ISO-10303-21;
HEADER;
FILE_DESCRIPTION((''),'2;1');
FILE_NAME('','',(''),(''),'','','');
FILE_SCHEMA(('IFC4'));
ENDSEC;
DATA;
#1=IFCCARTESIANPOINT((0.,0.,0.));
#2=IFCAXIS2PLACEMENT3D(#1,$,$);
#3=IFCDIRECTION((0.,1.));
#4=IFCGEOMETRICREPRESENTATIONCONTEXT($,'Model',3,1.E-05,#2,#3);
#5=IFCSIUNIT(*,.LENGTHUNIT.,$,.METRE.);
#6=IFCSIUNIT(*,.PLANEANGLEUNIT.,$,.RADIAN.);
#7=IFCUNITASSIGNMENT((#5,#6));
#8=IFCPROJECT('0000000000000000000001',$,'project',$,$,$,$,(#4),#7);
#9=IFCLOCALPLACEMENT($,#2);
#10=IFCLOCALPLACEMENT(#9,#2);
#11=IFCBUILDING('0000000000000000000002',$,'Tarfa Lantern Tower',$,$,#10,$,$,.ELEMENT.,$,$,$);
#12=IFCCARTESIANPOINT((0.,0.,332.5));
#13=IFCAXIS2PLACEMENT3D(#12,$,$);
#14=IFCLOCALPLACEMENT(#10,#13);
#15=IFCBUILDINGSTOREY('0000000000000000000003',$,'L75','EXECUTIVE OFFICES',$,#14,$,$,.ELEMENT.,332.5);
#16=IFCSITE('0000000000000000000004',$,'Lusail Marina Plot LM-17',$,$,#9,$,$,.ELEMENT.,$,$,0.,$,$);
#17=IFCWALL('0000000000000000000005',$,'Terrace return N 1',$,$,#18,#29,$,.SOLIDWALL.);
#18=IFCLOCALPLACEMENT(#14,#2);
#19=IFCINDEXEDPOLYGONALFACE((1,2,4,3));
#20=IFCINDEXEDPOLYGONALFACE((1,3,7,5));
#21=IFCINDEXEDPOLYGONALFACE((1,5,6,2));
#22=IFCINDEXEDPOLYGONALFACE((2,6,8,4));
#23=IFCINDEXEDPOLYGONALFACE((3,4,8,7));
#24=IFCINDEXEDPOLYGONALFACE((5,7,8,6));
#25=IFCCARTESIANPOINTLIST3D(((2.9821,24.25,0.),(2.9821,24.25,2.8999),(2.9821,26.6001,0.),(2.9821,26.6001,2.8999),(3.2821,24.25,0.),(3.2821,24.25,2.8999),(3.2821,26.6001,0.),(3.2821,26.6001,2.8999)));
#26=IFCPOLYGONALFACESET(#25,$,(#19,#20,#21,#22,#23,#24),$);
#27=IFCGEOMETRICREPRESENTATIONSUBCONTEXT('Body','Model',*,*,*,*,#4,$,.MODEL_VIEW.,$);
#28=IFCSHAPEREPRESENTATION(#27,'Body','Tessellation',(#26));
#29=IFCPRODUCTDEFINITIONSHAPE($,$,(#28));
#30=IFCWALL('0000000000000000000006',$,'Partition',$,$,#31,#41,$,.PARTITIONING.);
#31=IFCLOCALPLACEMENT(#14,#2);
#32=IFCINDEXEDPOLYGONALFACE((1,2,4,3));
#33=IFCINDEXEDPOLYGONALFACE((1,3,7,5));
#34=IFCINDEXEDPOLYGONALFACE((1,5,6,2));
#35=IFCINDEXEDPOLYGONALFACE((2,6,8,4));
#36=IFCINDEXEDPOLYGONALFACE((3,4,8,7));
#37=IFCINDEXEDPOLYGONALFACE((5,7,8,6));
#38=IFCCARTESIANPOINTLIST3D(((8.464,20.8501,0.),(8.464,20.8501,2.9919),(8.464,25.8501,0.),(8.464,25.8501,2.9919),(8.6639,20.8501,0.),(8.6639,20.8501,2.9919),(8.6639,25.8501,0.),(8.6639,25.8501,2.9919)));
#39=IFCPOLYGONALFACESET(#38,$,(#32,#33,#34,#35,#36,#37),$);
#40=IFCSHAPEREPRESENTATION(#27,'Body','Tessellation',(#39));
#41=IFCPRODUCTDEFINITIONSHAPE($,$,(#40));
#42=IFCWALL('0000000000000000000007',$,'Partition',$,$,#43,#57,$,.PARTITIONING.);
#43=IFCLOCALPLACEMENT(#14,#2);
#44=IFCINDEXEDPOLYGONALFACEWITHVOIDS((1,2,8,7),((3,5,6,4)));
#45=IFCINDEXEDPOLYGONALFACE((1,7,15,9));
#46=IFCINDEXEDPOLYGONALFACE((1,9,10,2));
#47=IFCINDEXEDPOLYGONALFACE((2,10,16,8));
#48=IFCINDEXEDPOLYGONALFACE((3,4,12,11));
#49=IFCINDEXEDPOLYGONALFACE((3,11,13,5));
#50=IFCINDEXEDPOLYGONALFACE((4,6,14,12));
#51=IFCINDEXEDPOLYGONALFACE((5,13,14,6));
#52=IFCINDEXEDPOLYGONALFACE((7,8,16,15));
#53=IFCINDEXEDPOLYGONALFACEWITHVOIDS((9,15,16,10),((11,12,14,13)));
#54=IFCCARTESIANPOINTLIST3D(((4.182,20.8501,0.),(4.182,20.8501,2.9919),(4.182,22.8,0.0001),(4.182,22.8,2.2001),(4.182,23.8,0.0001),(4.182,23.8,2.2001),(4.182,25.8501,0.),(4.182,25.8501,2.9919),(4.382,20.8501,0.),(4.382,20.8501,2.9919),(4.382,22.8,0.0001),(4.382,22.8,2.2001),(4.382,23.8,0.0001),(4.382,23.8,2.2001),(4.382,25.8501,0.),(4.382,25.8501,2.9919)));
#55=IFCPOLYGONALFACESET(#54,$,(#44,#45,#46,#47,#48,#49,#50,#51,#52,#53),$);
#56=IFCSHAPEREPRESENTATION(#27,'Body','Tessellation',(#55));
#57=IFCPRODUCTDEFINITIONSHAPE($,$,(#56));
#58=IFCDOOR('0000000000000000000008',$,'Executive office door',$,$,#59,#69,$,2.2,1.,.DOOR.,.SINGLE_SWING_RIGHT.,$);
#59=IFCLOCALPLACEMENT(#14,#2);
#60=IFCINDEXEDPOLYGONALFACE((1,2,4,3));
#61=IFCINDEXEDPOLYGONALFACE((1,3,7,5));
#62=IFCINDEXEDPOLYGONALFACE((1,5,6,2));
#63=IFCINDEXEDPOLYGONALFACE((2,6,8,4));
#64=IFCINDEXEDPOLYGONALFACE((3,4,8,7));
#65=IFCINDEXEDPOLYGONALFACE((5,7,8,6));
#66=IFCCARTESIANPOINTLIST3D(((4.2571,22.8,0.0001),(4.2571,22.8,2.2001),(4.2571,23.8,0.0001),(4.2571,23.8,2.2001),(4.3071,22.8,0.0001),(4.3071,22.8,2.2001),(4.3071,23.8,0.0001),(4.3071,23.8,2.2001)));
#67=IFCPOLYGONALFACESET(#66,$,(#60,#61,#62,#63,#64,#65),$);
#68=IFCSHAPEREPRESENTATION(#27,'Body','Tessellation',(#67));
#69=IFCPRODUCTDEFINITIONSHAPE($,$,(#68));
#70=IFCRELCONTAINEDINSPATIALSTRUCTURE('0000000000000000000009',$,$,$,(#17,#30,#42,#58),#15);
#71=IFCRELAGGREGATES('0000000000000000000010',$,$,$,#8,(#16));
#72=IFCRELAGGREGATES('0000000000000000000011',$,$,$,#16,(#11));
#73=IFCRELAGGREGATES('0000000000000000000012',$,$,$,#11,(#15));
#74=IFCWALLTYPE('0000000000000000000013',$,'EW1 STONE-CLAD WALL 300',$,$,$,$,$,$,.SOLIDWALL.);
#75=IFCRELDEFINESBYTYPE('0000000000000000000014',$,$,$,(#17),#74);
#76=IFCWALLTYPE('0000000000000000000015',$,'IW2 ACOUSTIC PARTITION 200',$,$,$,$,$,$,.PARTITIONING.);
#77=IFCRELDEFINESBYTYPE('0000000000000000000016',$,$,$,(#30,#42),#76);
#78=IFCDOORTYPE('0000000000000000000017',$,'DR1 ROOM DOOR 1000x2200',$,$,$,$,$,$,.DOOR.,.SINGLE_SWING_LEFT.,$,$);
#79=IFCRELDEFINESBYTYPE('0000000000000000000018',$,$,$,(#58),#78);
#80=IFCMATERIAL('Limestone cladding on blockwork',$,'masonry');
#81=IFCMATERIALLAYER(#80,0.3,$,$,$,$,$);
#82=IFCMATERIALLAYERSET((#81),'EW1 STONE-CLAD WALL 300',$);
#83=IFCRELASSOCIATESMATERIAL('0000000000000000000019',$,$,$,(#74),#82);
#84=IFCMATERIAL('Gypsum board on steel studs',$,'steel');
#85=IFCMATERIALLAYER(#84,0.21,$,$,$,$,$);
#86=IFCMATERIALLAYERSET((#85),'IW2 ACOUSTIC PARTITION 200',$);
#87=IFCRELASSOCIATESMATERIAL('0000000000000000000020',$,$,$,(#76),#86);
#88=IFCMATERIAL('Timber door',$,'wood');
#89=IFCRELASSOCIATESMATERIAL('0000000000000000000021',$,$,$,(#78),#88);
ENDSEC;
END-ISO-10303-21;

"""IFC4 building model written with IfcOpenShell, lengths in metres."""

from ifc_helpers import new_model, si_unit, direction, frame, frame_2d, origin, place, context, subcontext, project, spatial, rectangle, extrude, material, layer, layer_set, type_object, element, fill, save


model = new_model("IFC4")

# Units and contexts
model_context = context("Model", 3, precision=1e-05, world=origin(), true_north=direction((0.0, 1.0)))
body_context = subcontext(model_context, "Body", "Model", "MODEL_VIEW")
ifc_project = project(units=[si_unit("LENGTHUNIT", "METRE"), si_unit("PLANEANGLEUNIT", "RADIAN")], contexts=[model_context])

# Site, building, storey
site_placement = place(None, origin())
site = spatial("IfcSite", under=ifc_project, at=site_placement, Name="Lusail Marina Plot LM-17", CompositionType="ELEMENT", RefElevation=0.0)
building_placement = place(site_placement, origin())
building = spatial("IfcBuilding", under=site, at=building_placement, Name="Tarfa Lantern Tower", CompositionType="ELEMENT")
storey_placement = place(building_placement, frame((0.0, 0.0, 332.5)))
storey = spatial("IfcBuildingStorey", under=building, at=storey_placement, Name="L75", Description="EXECUTIVE OFFICES", CompositionType="ELEMENT", Elevation=332.5)

# Shared definitions
ifc_material_1 = material(Name="Limestone cladding on blockwork", Category="masonry")
ifc_layer_1 = layer(ifc_material_1, 0.3)
ifc_layer_set_1 = layer_set([ifc_layer_1], Name="EW1 STONE-CLAD WALL 300")
wall_type_1 = type_object("IfcWallType", Name="EW1 STONE-CLAD WALL 300", PredefinedType="SOLIDWALL", material=ifc_layer_set_1)

# Wall
wall_1_placement = place(storey_placement, frame((3.1321, 26.6001, 0.0), z_axis=(0.0, 0.0, 1.0), x_axis=(0.0, -1.0, 0.0)))
element("IfcWall", 1, at=wall_1_placement, inside=storey, type_object=wall_type_1, Name="Terrace return N 1", PredefinedType="SOLIDWALL", context=body_context, shape_type="SweptSolid", body=[
    extrude(rectangle(XDim=2.3501, YDim=0.3, at=frame_2d((1.175, 0.0))), origin(), (0.0, 0.0, 1.0), 2.8999),
])

# Wall
ifc_material_2 = material(Name="Gypsum board on steel studs", Category="steel")
ifc_layer_2 = layer(ifc_material_2, 0.21)
ifc_layer_set_2 = layer_set([ifc_layer_2], Name="IW2 ACOUSTIC PARTITION 200")
wall_type_2 = type_object("IfcWallType", Name="IW2 ACOUSTIC PARTITION 200", PredefinedType="PARTITIONING", material=ifc_layer_set_2)
wall_2_placement = place(storey_placement, frame((8.564, 20.8501, 0.0), z_axis=(0.0, 0.0, 1.0), x_axis=(0.0, 1.0, 0.0)))
element("IfcWall", 2, at=wall_2_placement, inside=storey, type_object=wall_type_2, Name="Partition", PredefinedType="PARTITIONING", context=body_context, shape_type="SweptSolid", body=[
    extrude(rectangle(XDim=5.0, YDim=0.2, at=frame_2d((2.5, 0.0))), origin(), (0.0, 0.0, 1.0), 2.9919),
])

# Wall, opening, door
wall_3_placement = place(storey_placement, frame((4.282, 20.8501, 0.0), z_axis=(0.0, 0.0, 1.0), x_axis=(0.0, 1.0, 0.0)))
wall_3 = element("IfcWall", 3, at=wall_3_placement, inside=storey, type_object=wall_type_2, Name="Partition", PredefinedType="PARTITIONING", context=body_context, shape_type="SweptSolid", body=[
    extrude(rectangle(XDim=5.0, YDim=0.2, at=frame_2d((2.5, 0.0))), origin(), (0.0, 0.0, 1.0), 2.9919),
])
opening_1_placement = place(wall_3_placement, frame((1.95, 0.0, 0.0)))
opening_1 = element("IfcOpeningElement", 4, at=opening_1_placement, cuts=wall_3, PredefinedType="OPENING", context=body_context, shape_type="SweptSolid", body=[
    extrude(rectangle(XDim=1.0, YDim=2.2, at=frame_2d((0.5, 1.1001))), frame((0.0, 0.1099, 0.0), z_axis=(0.0, -1.0, 0.0), x_axis=(1.0, 0.0, 0.0)), (0.0, 0.0, 1.0), 0.22),
])
ifc_material_3 = material(Name="Timber door", Category="wood")
door_type_1 = type_object("IfcDoorType", Name="DR1 ROOM DOOR 1000x2200", OperationType="SINGLE_SWING_LEFT", PredefinedType="DOOR", material=ifc_material_3)
door_1_placement = place(opening_1_placement, origin())
door_1 = element("IfcDoor", 5, at=door_1_placement, inside=storey, type_object=door_type_1, Name="Executive office door", OperationType="SINGLE_SWING_RIGHT", OverallHeight=2.2, OverallWidth=1.0, PredefinedType="DOOR", context=body_context, shape_type="SweptSolid", body=[
    extrude(rectangle(XDim=1.0, YDim=2.2, at=frame_2d((0.5, 1.1001))), frame((0.0, 0.0249, 0.0), z_axis=(0.0, -1.0, 0.0), x_axis=(1.0, 0.0, 0.0)), (0.0, 0.0, 1.0), 0.05),
])
fill(opening_1, door_1)

save(model, "model.ifc")
